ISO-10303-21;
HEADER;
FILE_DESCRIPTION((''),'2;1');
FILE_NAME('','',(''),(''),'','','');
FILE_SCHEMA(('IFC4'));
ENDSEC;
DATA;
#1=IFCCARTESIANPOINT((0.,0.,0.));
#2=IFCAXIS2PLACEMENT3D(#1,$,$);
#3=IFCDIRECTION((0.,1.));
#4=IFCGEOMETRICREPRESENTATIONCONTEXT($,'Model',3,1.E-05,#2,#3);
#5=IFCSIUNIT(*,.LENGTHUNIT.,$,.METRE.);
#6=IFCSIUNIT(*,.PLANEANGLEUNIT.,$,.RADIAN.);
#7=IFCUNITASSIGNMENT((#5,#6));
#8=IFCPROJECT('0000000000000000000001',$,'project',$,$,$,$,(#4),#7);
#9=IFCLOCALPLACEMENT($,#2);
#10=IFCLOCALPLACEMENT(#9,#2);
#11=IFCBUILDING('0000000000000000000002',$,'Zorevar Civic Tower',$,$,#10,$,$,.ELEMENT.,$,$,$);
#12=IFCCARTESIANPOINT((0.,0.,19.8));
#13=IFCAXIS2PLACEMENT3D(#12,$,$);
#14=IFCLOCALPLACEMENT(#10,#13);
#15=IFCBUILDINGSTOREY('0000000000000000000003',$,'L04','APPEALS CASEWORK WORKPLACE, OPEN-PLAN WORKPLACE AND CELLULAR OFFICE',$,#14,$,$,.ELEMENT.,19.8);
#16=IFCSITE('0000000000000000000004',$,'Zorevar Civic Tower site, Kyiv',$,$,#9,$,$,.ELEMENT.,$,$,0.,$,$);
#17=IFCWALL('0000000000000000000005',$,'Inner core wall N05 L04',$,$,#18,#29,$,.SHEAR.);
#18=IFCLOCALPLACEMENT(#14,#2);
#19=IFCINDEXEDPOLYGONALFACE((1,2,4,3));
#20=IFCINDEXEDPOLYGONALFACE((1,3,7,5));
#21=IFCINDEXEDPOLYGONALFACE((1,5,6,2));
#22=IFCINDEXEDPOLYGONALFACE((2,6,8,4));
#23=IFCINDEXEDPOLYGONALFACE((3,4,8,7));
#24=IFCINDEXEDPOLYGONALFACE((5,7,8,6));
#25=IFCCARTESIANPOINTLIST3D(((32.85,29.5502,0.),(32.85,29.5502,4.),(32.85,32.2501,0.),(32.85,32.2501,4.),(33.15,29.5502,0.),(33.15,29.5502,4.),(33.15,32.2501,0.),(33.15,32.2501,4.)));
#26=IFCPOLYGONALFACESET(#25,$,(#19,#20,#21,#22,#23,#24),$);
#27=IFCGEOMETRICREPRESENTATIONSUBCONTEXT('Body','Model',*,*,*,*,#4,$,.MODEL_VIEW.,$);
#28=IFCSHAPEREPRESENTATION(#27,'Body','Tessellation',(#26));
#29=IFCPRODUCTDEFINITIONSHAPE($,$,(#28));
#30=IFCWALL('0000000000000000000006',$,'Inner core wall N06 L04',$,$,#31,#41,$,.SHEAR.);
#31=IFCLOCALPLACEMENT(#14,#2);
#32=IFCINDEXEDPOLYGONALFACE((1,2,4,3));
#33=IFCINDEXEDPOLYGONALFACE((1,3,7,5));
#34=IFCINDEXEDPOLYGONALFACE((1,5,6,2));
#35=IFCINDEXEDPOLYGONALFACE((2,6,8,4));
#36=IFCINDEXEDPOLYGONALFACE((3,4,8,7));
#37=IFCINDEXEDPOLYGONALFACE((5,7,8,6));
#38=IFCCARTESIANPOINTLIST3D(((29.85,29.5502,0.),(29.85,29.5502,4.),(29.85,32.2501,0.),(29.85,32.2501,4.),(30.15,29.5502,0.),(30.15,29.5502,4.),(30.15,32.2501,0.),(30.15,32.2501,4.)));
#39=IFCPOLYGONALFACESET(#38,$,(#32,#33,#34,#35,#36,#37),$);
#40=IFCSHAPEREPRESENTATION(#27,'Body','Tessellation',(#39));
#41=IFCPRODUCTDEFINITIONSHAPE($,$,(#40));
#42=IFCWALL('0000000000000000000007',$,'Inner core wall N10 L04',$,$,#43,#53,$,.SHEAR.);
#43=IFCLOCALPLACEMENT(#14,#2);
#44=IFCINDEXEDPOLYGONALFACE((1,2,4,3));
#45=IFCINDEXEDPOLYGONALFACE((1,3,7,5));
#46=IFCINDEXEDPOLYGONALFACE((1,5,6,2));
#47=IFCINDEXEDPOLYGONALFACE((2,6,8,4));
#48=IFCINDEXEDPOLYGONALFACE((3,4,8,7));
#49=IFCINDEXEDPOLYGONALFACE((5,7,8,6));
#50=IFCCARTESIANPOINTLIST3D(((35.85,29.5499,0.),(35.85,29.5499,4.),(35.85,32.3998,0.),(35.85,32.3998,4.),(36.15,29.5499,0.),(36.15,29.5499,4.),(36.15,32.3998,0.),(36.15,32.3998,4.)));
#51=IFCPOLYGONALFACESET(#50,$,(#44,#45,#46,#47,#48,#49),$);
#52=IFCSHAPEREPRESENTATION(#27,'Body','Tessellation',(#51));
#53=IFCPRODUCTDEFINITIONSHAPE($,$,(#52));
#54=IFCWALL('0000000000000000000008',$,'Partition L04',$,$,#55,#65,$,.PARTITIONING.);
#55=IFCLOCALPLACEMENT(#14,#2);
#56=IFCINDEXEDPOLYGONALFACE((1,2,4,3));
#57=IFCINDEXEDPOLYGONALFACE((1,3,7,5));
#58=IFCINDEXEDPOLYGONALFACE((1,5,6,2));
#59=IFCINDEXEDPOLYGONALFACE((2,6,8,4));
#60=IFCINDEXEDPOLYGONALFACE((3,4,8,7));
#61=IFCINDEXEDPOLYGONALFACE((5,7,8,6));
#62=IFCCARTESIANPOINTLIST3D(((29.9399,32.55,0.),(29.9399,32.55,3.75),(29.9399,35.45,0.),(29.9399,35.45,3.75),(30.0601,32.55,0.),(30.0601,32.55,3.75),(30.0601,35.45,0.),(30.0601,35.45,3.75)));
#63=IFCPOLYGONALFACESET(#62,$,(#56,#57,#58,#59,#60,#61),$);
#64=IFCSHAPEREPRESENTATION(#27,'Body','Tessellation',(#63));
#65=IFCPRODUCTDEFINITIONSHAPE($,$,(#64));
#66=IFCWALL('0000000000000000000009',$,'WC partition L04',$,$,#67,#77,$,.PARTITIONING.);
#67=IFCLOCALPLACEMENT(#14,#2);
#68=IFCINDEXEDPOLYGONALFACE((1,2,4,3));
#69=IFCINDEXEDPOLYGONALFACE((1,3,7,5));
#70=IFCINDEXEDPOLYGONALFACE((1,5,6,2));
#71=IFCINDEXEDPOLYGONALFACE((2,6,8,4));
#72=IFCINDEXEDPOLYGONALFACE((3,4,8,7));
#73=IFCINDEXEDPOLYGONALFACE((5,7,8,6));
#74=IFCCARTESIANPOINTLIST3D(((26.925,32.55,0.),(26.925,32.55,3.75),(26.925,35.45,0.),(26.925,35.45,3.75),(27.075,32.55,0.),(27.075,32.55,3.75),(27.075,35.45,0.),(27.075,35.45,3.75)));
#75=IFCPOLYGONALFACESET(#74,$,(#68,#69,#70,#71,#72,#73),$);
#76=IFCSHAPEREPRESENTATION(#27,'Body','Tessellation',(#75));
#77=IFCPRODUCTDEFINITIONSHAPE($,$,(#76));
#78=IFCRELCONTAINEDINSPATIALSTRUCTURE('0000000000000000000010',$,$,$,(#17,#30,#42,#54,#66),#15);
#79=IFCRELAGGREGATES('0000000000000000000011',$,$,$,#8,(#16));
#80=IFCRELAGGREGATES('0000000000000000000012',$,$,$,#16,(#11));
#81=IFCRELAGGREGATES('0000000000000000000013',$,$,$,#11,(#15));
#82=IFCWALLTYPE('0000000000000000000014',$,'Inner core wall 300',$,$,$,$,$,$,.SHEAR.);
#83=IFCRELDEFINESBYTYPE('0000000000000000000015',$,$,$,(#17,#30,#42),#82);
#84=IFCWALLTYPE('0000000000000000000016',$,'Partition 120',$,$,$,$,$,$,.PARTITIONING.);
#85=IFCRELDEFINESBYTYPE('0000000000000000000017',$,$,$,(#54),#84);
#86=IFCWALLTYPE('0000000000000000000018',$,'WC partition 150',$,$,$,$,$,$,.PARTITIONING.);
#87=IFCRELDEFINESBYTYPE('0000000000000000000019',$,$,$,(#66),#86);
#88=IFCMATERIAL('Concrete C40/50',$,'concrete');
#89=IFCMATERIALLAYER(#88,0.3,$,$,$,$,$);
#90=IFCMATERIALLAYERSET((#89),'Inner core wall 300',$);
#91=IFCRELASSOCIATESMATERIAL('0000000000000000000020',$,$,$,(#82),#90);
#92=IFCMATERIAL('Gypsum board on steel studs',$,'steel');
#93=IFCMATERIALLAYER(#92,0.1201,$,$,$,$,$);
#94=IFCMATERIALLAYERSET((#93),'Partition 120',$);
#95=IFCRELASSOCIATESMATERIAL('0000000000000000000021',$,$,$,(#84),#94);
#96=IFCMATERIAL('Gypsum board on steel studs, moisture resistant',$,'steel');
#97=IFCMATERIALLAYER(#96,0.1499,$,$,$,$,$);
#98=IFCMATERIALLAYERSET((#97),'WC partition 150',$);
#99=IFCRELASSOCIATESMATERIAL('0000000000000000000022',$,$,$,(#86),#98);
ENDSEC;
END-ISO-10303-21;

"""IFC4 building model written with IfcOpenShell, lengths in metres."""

from ifc_helpers import new_model, si_unit, direction, frame, frame_2d, origin, place, context, subcontext, project, spatial, rectangle, extrude, material, layer, layer_set, type_object, element, save


model = new_model("IFC4")

# Units and contexts
model_context = context("Model", 3, precision=1e-05, world=origin(), true_north=direction((0.0, 1.0)))
body_context = subcontext(model_context, "Body", "Model", "MODEL_VIEW")
ifc_project = project(units=[si_unit("LENGTHUNIT", "METRE"), si_unit("PLANEANGLEUNIT", "RADIAN")], contexts=[model_context])

# Site, building, storey
site_placement = place(None, origin())
site = spatial("IfcSite", under=ifc_project, at=site_placement, Name="Zorevar Civic Tower site, Kyiv", CompositionType="ELEMENT", RefElevation=0.0)
building_placement = place(site_placement, origin())
building = spatial("IfcBuilding", under=site, at=building_placement, Name="Zorevar Civic Tower", CompositionType="ELEMENT")
storey_placement = place(building_placement, frame((0.0, 0.0, 19.8)))
storey = spatial("IfcBuildingStorey", under=building, at=storey_placement, Name="L04", Description="APPEALS CASEWORK WORKPLACE, OPEN-PLAN WORKPLACE AND CELLULAR OFFICE", CompositionType="ELEMENT", Elevation=19.8)

# Shared definitions
ifc_material_1 = material(Name="Concrete C40/50", Category="concrete")
ifc_layer_1 = layer(ifc_material_1, 0.3)
ifc_layer_set_1 = layer_set([ifc_layer_1], Name="Inner core wall 300")
wall_type_1 = type_object("IfcWallType", Name="Inner core wall 300", PredefinedType="SHEAR", material=ifc_layer_set_1)

# Walls
for number, where, z_axis, x_axis, name in (
    (1, (33.0, 29.55, 0.0), (0.0, 0.0, 1.0), (0.0, 1.0, 0.0), "Inner core wall N05 L04"),
    (2, (30.0, 29.55, 0.0), (0.0, 0.0, 1.0), (0.0, 1.0, 0.0), "Inner core wall N06 L04"),
):
    element("IfcWall", number, at=place(storey_placement, frame(where, z_axis=z_axis, x_axis=x_axis)), inside=storey, type_object=wall_type_1, Name=name, PredefinedType="SHEAR", context=body_context, shape_type="SweptSolid", body=[
        extrude(rectangle(XDim=2.7, YDim=0.3, at=frame_2d((1.3501, 0.0))), origin(), (0.0, 0.0, 1.0), 4.0),
    ])
wall_1_placement = place(storey_placement, frame((36.0, 29.55, 0.0), z_axis=(0.0, 0.0, 1.0), x_axis=(0.0, 1.0, 0.0)))
element("IfcWall", 3, at=wall_1_placement, inside=storey, type_object=wall_type_1, Name="Inner core wall N10 L04", PredefinedType="SHEAR", context=body_context, shape_type="SweptSolid", body=[
    extrude(rectangle(XDim=2.8499, YDim=0.3, at=frame_2d((1.4248, 0.0))), origin(), (0.0, 0.0, 1.0), 4.0),
])
ifc_material_2 = material(Name="Gypsum board on steel studs", Category="steel")
ifc_layer_2 = layer(ifc_material_2, 0.1201)
ifc_layer_set_2 = layer_set([ifc_layer_2], Name="Partition 120")
wall_type_2 = type_object("IfcWallType", Name="Partition 120", PredefinedType="PARTITIONING", material=ifc_layer_set_2)
wall_2_placement = place(storey_placement, frame((30.0, 32.55, 0.0), z_axis=(0.0, 0.0, 1.0), x_axis=(0.0, 1.0, 0.0)))
element("IfcWall", 4, at=wall_2_placement, inside=storey, type_object=wall_type_2, Name="Partition L04", PredefinedType="PARTITIONING", context=body_context, shape_type="SweptSolid", body=[
    extrude(rectangle(XDim=2.8999, YDim=0.1201, at=frame_2d((1.45, 0.0))), origin(), (0.0, 0.0, 1.0), 3.75),
])
ifc_material_3 = material(Name="Gypsum board on steel studs, moisture resistant", Category="steel")
ifc_layer_3 = layer(ifc_material_3, 0.1499)
ifc_layer_set_3 = layer_set([ifc_layer_3], Name="WC partition 150")
wall_type_3 = type_object("IfcWallType", Name="WC partition 150", PredefinedType="PARTITIONING", material=ifc_layer_set_3)
wall_3_placement = place(storey_placement, frame((27.0, 32.55, 0.0), z_axis=(0.0, 0.0, 1.0), x_axis=(0.0, 1.0, 0.0)))
element("IfcWall", 5, at=wall_3_placement, inside=storey, type_object=wall_type_3, Name="WC partition L04", PredefinedType="PARTITIONING", context=body_context, shape_type="SweptSolid", body=[
    extrude(rectangle(XDim=2.8999, YDim=0.1499, at=frame_2d((1.45, 0.0))), origin(), (0.0, 0.0, 1.0), 3.75),
])

save(model, "model.ifc")
